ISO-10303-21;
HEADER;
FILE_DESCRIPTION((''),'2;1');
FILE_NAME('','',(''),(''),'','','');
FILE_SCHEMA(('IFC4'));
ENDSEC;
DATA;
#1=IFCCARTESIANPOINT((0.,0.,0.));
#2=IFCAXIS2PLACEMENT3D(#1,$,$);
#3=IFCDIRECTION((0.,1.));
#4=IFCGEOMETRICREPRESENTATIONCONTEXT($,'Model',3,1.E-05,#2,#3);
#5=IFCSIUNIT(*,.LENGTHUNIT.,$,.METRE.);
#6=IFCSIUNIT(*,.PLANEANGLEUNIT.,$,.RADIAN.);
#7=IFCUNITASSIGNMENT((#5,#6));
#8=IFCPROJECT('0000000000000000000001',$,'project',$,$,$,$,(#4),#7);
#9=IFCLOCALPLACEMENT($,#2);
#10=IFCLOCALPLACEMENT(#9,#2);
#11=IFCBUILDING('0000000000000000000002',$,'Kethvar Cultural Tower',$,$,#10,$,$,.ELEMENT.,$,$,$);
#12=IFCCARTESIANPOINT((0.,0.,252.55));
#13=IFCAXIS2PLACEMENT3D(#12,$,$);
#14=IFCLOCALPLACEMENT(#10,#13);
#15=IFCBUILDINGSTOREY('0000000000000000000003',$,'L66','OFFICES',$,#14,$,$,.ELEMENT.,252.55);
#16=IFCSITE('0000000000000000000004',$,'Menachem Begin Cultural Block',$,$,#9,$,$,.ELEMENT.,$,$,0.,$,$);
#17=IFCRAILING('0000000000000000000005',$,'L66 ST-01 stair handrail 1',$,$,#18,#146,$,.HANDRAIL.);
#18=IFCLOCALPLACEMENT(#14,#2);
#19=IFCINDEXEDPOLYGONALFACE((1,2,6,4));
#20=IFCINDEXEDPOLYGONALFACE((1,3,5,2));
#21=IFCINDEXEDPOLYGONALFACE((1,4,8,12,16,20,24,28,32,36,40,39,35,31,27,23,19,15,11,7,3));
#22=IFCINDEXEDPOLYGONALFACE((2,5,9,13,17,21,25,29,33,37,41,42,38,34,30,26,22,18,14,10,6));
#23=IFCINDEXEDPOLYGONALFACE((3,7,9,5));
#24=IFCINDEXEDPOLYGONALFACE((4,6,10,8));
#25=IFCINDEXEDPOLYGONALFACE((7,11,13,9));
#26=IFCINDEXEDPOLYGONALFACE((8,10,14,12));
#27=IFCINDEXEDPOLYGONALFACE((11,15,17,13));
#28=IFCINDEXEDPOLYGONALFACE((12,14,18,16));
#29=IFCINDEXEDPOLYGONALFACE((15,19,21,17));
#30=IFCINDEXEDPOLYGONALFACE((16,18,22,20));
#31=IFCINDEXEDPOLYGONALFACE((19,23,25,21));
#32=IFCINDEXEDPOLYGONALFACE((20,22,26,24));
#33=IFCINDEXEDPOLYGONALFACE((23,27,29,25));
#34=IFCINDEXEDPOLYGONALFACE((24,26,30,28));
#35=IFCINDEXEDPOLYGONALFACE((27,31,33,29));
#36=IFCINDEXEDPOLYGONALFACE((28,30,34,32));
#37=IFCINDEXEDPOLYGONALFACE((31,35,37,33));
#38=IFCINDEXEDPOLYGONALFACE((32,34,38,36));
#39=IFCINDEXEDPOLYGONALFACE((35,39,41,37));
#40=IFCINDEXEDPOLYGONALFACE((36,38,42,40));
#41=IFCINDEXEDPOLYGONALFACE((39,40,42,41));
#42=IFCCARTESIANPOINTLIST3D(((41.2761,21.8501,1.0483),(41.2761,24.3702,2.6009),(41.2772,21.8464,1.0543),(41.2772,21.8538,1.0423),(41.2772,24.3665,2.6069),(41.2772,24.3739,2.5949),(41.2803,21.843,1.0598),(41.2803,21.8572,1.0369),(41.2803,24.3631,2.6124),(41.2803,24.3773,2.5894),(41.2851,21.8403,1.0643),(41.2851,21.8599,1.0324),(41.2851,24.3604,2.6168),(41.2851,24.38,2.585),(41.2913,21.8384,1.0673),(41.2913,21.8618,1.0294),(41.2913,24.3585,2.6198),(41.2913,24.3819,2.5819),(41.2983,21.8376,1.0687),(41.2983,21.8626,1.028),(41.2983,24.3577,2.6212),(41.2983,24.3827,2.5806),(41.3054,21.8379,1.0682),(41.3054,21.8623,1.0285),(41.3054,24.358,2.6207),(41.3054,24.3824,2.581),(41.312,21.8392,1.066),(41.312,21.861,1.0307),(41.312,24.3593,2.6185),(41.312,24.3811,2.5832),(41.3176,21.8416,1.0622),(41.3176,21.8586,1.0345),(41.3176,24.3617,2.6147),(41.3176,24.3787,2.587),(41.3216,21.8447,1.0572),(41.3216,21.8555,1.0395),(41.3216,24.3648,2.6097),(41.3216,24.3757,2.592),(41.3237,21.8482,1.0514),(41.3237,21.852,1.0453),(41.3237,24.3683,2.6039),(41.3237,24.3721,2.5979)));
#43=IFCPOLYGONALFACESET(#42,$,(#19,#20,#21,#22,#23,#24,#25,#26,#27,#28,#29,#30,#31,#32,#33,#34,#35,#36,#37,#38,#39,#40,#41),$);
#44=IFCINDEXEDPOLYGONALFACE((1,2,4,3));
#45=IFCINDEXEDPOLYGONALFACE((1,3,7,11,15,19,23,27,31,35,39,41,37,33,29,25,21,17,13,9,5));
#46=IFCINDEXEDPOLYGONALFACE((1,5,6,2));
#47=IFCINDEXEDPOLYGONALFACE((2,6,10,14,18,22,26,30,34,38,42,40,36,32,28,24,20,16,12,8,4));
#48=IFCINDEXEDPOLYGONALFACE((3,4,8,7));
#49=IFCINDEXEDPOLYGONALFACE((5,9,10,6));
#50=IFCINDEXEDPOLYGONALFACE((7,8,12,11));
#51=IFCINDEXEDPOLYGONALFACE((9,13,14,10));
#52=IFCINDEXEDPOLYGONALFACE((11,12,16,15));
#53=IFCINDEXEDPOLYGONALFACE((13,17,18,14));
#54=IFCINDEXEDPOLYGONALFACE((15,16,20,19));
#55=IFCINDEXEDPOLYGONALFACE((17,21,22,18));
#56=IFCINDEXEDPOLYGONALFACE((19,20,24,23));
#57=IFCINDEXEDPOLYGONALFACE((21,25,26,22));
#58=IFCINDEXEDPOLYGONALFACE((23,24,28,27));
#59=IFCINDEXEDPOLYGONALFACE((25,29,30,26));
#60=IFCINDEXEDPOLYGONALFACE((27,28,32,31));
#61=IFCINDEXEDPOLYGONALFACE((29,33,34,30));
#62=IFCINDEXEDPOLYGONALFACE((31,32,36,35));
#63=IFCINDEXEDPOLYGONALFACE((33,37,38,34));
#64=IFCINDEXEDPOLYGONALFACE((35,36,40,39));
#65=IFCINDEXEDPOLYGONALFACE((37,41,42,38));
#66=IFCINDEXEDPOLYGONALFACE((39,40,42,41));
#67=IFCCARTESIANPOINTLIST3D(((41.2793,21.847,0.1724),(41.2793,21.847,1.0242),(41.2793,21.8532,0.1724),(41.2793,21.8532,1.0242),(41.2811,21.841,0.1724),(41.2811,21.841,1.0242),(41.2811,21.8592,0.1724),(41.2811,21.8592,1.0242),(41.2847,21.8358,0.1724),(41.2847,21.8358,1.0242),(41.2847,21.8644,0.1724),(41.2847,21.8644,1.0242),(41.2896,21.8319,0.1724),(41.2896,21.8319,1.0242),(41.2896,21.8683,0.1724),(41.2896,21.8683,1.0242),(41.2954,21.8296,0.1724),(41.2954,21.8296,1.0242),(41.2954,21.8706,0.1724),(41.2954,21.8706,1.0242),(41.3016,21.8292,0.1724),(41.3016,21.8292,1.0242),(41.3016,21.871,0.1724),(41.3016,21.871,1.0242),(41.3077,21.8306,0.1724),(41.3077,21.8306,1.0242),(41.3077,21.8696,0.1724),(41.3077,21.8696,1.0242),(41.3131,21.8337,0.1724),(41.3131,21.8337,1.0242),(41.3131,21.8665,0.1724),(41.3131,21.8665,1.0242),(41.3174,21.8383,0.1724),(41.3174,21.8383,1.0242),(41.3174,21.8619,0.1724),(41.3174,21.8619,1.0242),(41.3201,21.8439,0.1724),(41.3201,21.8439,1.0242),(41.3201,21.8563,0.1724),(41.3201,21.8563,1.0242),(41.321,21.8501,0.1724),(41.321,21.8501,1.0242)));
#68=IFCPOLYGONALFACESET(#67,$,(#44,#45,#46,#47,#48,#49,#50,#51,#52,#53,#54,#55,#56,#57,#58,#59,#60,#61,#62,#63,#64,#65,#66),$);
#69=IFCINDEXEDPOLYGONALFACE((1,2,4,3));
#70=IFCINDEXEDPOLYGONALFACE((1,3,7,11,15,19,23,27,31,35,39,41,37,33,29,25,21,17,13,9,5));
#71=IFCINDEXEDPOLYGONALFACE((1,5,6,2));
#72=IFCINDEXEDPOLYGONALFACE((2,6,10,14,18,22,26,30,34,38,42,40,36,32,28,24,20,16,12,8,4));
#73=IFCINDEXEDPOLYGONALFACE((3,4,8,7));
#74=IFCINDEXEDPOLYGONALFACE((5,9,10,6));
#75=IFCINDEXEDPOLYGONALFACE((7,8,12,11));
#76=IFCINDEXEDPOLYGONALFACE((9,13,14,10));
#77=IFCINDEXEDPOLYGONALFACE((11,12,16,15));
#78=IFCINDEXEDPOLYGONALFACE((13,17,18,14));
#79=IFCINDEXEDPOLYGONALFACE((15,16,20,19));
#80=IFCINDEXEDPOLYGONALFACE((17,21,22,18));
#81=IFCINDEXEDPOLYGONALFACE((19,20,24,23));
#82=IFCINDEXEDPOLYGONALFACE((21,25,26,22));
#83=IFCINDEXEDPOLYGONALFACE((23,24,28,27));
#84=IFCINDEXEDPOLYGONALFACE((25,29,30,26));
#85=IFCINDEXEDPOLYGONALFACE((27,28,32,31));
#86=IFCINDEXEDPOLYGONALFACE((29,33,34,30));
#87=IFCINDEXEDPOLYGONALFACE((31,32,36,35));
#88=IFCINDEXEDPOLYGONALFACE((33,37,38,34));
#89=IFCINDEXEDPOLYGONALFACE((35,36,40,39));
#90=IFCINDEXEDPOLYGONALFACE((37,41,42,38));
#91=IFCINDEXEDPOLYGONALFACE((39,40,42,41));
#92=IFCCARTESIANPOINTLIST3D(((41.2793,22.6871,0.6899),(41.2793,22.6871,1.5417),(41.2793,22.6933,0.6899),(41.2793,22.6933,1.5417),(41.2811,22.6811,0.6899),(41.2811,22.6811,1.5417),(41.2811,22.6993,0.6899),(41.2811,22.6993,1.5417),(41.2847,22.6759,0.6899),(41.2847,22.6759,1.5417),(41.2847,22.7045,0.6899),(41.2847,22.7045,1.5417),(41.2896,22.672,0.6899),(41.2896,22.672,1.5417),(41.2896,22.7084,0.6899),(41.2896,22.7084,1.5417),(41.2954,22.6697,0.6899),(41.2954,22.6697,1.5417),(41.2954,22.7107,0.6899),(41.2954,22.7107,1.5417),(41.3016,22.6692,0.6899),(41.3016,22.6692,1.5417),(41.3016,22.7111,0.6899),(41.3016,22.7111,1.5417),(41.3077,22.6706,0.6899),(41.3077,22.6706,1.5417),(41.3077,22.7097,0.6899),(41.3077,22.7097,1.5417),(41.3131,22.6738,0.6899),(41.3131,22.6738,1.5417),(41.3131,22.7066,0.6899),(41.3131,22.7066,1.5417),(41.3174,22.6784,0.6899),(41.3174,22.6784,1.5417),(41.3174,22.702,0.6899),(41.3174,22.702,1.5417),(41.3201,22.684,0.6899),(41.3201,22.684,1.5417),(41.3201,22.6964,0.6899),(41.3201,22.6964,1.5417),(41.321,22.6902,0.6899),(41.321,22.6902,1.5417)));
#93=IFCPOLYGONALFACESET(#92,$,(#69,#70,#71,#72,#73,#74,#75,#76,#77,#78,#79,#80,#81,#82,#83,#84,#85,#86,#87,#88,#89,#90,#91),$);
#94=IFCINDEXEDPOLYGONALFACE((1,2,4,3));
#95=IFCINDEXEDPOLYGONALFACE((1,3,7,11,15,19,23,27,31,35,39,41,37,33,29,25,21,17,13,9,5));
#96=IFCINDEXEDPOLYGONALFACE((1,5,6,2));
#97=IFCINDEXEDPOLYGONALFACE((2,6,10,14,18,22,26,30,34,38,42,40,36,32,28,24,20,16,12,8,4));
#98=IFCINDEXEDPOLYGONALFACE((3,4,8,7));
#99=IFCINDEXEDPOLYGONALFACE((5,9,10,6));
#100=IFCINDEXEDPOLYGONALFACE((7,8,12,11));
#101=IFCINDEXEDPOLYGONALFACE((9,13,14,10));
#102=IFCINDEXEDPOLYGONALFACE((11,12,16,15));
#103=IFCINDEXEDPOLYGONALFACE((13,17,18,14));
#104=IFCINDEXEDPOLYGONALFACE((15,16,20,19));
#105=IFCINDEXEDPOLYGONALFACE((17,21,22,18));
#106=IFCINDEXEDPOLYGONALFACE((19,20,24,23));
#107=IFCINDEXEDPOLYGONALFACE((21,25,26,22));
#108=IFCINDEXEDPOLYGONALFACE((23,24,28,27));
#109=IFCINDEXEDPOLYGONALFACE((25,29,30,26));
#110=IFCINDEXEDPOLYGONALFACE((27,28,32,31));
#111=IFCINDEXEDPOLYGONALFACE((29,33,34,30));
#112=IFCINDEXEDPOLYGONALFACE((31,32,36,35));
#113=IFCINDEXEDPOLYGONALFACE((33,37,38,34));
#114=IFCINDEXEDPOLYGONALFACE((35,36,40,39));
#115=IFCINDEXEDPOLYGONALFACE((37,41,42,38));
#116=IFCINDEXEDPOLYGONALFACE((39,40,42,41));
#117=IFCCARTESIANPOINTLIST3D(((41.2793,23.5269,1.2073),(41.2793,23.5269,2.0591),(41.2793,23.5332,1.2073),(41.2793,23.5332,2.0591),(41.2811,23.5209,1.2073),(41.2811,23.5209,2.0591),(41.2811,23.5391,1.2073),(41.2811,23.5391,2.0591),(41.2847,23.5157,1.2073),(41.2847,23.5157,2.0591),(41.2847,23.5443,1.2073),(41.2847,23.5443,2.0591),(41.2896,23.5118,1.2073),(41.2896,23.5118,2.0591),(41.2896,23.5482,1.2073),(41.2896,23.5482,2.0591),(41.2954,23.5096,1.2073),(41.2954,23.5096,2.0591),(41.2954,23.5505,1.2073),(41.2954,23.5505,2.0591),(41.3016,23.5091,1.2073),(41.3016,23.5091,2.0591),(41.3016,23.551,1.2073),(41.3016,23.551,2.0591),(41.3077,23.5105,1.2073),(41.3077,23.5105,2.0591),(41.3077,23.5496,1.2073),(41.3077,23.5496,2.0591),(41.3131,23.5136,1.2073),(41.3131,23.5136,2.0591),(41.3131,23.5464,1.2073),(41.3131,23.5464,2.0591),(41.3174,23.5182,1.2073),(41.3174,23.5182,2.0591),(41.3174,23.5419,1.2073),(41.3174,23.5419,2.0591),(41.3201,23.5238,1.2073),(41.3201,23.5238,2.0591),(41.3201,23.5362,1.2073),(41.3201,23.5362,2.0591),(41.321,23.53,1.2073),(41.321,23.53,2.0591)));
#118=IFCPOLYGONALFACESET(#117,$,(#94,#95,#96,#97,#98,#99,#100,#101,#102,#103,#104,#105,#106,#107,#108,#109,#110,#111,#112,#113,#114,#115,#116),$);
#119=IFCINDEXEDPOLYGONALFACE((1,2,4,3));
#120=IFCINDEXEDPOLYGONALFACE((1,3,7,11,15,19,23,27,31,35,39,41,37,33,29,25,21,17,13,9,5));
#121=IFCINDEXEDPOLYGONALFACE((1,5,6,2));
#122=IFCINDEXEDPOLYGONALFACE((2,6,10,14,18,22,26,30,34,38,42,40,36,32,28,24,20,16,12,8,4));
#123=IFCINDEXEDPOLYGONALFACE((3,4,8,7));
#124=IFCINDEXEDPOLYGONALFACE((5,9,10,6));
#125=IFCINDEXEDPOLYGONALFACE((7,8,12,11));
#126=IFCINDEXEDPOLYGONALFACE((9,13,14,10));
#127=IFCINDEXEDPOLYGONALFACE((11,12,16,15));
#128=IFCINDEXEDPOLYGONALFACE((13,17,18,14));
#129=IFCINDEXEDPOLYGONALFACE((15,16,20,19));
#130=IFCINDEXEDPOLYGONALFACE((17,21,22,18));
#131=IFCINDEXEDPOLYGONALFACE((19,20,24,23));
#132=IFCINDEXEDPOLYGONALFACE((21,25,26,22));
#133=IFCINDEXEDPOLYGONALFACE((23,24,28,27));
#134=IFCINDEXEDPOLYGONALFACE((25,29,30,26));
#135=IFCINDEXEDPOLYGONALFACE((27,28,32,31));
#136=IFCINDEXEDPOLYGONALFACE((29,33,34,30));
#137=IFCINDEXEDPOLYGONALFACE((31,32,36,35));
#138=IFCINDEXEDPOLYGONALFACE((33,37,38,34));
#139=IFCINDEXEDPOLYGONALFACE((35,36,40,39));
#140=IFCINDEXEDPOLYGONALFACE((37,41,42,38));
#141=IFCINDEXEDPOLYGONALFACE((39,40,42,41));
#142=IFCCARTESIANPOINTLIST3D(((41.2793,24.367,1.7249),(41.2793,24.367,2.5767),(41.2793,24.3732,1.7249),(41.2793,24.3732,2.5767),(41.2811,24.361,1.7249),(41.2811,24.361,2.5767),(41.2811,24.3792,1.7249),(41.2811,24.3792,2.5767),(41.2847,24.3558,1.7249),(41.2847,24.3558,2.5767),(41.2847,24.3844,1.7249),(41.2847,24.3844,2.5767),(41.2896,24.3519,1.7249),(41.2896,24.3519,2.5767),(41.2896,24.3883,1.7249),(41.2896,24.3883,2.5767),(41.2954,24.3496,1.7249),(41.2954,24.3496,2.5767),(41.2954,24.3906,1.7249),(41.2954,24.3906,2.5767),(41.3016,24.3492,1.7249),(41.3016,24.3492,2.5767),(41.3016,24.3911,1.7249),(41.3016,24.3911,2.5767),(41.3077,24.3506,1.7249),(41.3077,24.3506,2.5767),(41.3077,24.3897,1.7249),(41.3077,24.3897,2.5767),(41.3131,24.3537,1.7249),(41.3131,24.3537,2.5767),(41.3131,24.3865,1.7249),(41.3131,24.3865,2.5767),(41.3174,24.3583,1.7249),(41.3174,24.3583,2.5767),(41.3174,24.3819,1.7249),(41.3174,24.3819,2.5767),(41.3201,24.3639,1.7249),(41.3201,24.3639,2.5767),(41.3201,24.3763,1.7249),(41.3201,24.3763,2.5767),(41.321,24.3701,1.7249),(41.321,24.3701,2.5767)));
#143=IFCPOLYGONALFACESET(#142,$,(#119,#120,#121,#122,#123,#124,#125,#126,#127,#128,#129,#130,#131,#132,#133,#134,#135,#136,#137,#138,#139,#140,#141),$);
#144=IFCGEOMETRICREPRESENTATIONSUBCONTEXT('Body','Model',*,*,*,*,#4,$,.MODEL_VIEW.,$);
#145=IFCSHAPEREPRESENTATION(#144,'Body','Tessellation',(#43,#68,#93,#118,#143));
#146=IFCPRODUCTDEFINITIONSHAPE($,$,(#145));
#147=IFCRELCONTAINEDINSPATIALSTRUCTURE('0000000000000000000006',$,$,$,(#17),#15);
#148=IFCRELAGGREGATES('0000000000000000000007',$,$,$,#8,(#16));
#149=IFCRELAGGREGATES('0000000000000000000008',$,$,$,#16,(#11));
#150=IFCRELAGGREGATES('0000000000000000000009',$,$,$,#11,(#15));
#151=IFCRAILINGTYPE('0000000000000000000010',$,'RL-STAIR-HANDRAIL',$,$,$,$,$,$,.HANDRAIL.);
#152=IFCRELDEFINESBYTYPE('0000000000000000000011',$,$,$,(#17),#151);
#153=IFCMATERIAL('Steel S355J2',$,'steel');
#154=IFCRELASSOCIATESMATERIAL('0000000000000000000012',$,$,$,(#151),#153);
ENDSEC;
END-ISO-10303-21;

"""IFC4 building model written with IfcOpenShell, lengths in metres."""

from ifc_helpers import new_model, si_unit, direction, frame, origin, origin_2d, place, context, subcontext, project, spatial, circle, extrude, material, type_object, element, save


model = new_model("IFC4")

# Units and contexts
model_context = context("Model", 3, precision=1e-05, world=origin(), true_north=direction((0.0, 1.0)))
body_context = subcontext(model_context, "Body", "Model", "MODEL_VIEW")
ifc_project = project(units=[si_unit("LENGTHUNIT", "METRE"), si_unit("PLANEANGLEUNIT", "RADIAN")], contexts=[model_context])

# Site, building, storey
site_placement = place(None, origin())
site = spatial("IfcSite", under=ifc_project, at=site_placement, Name="Menachem Begin Cultural Block", CompositionType="ELEMENT", RefElevation=0.0)
building_placement = place(site_placement, origin())
building = spatial("IfcBuilding", under=site, at=building_placement, Name="Kethvar Cultural Tower", CompositionType="ELEMENT")
storey_placement = place(building_placement, frame((0.0, 0.0, 252.55)))
storey = spatial("IfcBuildingStorey", under=building, at=storey_placement, Name="L66", Description="OFFICES", CompositionType="ELEMENT", Elevation=252.55)

# Shared definitions
ifc_material_1 = material(Name="Steel S355J2", Category="steel")

# Railing
railing_type_1 = type_object("IfcRailingType", Name="RL-STAIR-HANDRAIL", PredefinedType="HANDRAIL", material=ifc_material_1)
railing_1_placement = place(storey_placement, frame((41.3, 21.8501, 0.1724)))
element("IfcRailing", 1, at=railing_1_placement, inside=storey, type_object=railing_type_1, Name="L66 ST-01 stair handrail 1", PredefinedType="HANDRAIL", context=body_context, shape_type="SweptSolid", body=[
    extrude(circle(Radius=0.0239, at=origin_2d()), frame((0.0, 0.0, 0.876), z_axis=(0.0, 0.8514, 0.524516), x_axis=(-1.0, 0.0, 0.0)), (0.0, 0.0, 1.0), 2.96),
    extrude(circle(Radius=0.021, at=origin_2d()), origin(), (0.0, 0.0, 1.0), 0.8518),
    extrude(circle(Radius=0.021, at=origin_2d()), frame((0.0, 0.8401, 0.5176)), (0.0, 0.0, 1.0), 0.8518),
    extrude(circle(Radius=0.021, at=origin_2d()), frame((0.0, 1.6799, 1.0349)), (0.0, 0.0, 1.0), 0.8518),
    extrude(circle(Radius=0.021, at=origin_2d()), frame((0.0, 2.52, 1.5525)), (0.0, 0.0, 1.0), 0.8518),
])

save(model, "model.ifc")
